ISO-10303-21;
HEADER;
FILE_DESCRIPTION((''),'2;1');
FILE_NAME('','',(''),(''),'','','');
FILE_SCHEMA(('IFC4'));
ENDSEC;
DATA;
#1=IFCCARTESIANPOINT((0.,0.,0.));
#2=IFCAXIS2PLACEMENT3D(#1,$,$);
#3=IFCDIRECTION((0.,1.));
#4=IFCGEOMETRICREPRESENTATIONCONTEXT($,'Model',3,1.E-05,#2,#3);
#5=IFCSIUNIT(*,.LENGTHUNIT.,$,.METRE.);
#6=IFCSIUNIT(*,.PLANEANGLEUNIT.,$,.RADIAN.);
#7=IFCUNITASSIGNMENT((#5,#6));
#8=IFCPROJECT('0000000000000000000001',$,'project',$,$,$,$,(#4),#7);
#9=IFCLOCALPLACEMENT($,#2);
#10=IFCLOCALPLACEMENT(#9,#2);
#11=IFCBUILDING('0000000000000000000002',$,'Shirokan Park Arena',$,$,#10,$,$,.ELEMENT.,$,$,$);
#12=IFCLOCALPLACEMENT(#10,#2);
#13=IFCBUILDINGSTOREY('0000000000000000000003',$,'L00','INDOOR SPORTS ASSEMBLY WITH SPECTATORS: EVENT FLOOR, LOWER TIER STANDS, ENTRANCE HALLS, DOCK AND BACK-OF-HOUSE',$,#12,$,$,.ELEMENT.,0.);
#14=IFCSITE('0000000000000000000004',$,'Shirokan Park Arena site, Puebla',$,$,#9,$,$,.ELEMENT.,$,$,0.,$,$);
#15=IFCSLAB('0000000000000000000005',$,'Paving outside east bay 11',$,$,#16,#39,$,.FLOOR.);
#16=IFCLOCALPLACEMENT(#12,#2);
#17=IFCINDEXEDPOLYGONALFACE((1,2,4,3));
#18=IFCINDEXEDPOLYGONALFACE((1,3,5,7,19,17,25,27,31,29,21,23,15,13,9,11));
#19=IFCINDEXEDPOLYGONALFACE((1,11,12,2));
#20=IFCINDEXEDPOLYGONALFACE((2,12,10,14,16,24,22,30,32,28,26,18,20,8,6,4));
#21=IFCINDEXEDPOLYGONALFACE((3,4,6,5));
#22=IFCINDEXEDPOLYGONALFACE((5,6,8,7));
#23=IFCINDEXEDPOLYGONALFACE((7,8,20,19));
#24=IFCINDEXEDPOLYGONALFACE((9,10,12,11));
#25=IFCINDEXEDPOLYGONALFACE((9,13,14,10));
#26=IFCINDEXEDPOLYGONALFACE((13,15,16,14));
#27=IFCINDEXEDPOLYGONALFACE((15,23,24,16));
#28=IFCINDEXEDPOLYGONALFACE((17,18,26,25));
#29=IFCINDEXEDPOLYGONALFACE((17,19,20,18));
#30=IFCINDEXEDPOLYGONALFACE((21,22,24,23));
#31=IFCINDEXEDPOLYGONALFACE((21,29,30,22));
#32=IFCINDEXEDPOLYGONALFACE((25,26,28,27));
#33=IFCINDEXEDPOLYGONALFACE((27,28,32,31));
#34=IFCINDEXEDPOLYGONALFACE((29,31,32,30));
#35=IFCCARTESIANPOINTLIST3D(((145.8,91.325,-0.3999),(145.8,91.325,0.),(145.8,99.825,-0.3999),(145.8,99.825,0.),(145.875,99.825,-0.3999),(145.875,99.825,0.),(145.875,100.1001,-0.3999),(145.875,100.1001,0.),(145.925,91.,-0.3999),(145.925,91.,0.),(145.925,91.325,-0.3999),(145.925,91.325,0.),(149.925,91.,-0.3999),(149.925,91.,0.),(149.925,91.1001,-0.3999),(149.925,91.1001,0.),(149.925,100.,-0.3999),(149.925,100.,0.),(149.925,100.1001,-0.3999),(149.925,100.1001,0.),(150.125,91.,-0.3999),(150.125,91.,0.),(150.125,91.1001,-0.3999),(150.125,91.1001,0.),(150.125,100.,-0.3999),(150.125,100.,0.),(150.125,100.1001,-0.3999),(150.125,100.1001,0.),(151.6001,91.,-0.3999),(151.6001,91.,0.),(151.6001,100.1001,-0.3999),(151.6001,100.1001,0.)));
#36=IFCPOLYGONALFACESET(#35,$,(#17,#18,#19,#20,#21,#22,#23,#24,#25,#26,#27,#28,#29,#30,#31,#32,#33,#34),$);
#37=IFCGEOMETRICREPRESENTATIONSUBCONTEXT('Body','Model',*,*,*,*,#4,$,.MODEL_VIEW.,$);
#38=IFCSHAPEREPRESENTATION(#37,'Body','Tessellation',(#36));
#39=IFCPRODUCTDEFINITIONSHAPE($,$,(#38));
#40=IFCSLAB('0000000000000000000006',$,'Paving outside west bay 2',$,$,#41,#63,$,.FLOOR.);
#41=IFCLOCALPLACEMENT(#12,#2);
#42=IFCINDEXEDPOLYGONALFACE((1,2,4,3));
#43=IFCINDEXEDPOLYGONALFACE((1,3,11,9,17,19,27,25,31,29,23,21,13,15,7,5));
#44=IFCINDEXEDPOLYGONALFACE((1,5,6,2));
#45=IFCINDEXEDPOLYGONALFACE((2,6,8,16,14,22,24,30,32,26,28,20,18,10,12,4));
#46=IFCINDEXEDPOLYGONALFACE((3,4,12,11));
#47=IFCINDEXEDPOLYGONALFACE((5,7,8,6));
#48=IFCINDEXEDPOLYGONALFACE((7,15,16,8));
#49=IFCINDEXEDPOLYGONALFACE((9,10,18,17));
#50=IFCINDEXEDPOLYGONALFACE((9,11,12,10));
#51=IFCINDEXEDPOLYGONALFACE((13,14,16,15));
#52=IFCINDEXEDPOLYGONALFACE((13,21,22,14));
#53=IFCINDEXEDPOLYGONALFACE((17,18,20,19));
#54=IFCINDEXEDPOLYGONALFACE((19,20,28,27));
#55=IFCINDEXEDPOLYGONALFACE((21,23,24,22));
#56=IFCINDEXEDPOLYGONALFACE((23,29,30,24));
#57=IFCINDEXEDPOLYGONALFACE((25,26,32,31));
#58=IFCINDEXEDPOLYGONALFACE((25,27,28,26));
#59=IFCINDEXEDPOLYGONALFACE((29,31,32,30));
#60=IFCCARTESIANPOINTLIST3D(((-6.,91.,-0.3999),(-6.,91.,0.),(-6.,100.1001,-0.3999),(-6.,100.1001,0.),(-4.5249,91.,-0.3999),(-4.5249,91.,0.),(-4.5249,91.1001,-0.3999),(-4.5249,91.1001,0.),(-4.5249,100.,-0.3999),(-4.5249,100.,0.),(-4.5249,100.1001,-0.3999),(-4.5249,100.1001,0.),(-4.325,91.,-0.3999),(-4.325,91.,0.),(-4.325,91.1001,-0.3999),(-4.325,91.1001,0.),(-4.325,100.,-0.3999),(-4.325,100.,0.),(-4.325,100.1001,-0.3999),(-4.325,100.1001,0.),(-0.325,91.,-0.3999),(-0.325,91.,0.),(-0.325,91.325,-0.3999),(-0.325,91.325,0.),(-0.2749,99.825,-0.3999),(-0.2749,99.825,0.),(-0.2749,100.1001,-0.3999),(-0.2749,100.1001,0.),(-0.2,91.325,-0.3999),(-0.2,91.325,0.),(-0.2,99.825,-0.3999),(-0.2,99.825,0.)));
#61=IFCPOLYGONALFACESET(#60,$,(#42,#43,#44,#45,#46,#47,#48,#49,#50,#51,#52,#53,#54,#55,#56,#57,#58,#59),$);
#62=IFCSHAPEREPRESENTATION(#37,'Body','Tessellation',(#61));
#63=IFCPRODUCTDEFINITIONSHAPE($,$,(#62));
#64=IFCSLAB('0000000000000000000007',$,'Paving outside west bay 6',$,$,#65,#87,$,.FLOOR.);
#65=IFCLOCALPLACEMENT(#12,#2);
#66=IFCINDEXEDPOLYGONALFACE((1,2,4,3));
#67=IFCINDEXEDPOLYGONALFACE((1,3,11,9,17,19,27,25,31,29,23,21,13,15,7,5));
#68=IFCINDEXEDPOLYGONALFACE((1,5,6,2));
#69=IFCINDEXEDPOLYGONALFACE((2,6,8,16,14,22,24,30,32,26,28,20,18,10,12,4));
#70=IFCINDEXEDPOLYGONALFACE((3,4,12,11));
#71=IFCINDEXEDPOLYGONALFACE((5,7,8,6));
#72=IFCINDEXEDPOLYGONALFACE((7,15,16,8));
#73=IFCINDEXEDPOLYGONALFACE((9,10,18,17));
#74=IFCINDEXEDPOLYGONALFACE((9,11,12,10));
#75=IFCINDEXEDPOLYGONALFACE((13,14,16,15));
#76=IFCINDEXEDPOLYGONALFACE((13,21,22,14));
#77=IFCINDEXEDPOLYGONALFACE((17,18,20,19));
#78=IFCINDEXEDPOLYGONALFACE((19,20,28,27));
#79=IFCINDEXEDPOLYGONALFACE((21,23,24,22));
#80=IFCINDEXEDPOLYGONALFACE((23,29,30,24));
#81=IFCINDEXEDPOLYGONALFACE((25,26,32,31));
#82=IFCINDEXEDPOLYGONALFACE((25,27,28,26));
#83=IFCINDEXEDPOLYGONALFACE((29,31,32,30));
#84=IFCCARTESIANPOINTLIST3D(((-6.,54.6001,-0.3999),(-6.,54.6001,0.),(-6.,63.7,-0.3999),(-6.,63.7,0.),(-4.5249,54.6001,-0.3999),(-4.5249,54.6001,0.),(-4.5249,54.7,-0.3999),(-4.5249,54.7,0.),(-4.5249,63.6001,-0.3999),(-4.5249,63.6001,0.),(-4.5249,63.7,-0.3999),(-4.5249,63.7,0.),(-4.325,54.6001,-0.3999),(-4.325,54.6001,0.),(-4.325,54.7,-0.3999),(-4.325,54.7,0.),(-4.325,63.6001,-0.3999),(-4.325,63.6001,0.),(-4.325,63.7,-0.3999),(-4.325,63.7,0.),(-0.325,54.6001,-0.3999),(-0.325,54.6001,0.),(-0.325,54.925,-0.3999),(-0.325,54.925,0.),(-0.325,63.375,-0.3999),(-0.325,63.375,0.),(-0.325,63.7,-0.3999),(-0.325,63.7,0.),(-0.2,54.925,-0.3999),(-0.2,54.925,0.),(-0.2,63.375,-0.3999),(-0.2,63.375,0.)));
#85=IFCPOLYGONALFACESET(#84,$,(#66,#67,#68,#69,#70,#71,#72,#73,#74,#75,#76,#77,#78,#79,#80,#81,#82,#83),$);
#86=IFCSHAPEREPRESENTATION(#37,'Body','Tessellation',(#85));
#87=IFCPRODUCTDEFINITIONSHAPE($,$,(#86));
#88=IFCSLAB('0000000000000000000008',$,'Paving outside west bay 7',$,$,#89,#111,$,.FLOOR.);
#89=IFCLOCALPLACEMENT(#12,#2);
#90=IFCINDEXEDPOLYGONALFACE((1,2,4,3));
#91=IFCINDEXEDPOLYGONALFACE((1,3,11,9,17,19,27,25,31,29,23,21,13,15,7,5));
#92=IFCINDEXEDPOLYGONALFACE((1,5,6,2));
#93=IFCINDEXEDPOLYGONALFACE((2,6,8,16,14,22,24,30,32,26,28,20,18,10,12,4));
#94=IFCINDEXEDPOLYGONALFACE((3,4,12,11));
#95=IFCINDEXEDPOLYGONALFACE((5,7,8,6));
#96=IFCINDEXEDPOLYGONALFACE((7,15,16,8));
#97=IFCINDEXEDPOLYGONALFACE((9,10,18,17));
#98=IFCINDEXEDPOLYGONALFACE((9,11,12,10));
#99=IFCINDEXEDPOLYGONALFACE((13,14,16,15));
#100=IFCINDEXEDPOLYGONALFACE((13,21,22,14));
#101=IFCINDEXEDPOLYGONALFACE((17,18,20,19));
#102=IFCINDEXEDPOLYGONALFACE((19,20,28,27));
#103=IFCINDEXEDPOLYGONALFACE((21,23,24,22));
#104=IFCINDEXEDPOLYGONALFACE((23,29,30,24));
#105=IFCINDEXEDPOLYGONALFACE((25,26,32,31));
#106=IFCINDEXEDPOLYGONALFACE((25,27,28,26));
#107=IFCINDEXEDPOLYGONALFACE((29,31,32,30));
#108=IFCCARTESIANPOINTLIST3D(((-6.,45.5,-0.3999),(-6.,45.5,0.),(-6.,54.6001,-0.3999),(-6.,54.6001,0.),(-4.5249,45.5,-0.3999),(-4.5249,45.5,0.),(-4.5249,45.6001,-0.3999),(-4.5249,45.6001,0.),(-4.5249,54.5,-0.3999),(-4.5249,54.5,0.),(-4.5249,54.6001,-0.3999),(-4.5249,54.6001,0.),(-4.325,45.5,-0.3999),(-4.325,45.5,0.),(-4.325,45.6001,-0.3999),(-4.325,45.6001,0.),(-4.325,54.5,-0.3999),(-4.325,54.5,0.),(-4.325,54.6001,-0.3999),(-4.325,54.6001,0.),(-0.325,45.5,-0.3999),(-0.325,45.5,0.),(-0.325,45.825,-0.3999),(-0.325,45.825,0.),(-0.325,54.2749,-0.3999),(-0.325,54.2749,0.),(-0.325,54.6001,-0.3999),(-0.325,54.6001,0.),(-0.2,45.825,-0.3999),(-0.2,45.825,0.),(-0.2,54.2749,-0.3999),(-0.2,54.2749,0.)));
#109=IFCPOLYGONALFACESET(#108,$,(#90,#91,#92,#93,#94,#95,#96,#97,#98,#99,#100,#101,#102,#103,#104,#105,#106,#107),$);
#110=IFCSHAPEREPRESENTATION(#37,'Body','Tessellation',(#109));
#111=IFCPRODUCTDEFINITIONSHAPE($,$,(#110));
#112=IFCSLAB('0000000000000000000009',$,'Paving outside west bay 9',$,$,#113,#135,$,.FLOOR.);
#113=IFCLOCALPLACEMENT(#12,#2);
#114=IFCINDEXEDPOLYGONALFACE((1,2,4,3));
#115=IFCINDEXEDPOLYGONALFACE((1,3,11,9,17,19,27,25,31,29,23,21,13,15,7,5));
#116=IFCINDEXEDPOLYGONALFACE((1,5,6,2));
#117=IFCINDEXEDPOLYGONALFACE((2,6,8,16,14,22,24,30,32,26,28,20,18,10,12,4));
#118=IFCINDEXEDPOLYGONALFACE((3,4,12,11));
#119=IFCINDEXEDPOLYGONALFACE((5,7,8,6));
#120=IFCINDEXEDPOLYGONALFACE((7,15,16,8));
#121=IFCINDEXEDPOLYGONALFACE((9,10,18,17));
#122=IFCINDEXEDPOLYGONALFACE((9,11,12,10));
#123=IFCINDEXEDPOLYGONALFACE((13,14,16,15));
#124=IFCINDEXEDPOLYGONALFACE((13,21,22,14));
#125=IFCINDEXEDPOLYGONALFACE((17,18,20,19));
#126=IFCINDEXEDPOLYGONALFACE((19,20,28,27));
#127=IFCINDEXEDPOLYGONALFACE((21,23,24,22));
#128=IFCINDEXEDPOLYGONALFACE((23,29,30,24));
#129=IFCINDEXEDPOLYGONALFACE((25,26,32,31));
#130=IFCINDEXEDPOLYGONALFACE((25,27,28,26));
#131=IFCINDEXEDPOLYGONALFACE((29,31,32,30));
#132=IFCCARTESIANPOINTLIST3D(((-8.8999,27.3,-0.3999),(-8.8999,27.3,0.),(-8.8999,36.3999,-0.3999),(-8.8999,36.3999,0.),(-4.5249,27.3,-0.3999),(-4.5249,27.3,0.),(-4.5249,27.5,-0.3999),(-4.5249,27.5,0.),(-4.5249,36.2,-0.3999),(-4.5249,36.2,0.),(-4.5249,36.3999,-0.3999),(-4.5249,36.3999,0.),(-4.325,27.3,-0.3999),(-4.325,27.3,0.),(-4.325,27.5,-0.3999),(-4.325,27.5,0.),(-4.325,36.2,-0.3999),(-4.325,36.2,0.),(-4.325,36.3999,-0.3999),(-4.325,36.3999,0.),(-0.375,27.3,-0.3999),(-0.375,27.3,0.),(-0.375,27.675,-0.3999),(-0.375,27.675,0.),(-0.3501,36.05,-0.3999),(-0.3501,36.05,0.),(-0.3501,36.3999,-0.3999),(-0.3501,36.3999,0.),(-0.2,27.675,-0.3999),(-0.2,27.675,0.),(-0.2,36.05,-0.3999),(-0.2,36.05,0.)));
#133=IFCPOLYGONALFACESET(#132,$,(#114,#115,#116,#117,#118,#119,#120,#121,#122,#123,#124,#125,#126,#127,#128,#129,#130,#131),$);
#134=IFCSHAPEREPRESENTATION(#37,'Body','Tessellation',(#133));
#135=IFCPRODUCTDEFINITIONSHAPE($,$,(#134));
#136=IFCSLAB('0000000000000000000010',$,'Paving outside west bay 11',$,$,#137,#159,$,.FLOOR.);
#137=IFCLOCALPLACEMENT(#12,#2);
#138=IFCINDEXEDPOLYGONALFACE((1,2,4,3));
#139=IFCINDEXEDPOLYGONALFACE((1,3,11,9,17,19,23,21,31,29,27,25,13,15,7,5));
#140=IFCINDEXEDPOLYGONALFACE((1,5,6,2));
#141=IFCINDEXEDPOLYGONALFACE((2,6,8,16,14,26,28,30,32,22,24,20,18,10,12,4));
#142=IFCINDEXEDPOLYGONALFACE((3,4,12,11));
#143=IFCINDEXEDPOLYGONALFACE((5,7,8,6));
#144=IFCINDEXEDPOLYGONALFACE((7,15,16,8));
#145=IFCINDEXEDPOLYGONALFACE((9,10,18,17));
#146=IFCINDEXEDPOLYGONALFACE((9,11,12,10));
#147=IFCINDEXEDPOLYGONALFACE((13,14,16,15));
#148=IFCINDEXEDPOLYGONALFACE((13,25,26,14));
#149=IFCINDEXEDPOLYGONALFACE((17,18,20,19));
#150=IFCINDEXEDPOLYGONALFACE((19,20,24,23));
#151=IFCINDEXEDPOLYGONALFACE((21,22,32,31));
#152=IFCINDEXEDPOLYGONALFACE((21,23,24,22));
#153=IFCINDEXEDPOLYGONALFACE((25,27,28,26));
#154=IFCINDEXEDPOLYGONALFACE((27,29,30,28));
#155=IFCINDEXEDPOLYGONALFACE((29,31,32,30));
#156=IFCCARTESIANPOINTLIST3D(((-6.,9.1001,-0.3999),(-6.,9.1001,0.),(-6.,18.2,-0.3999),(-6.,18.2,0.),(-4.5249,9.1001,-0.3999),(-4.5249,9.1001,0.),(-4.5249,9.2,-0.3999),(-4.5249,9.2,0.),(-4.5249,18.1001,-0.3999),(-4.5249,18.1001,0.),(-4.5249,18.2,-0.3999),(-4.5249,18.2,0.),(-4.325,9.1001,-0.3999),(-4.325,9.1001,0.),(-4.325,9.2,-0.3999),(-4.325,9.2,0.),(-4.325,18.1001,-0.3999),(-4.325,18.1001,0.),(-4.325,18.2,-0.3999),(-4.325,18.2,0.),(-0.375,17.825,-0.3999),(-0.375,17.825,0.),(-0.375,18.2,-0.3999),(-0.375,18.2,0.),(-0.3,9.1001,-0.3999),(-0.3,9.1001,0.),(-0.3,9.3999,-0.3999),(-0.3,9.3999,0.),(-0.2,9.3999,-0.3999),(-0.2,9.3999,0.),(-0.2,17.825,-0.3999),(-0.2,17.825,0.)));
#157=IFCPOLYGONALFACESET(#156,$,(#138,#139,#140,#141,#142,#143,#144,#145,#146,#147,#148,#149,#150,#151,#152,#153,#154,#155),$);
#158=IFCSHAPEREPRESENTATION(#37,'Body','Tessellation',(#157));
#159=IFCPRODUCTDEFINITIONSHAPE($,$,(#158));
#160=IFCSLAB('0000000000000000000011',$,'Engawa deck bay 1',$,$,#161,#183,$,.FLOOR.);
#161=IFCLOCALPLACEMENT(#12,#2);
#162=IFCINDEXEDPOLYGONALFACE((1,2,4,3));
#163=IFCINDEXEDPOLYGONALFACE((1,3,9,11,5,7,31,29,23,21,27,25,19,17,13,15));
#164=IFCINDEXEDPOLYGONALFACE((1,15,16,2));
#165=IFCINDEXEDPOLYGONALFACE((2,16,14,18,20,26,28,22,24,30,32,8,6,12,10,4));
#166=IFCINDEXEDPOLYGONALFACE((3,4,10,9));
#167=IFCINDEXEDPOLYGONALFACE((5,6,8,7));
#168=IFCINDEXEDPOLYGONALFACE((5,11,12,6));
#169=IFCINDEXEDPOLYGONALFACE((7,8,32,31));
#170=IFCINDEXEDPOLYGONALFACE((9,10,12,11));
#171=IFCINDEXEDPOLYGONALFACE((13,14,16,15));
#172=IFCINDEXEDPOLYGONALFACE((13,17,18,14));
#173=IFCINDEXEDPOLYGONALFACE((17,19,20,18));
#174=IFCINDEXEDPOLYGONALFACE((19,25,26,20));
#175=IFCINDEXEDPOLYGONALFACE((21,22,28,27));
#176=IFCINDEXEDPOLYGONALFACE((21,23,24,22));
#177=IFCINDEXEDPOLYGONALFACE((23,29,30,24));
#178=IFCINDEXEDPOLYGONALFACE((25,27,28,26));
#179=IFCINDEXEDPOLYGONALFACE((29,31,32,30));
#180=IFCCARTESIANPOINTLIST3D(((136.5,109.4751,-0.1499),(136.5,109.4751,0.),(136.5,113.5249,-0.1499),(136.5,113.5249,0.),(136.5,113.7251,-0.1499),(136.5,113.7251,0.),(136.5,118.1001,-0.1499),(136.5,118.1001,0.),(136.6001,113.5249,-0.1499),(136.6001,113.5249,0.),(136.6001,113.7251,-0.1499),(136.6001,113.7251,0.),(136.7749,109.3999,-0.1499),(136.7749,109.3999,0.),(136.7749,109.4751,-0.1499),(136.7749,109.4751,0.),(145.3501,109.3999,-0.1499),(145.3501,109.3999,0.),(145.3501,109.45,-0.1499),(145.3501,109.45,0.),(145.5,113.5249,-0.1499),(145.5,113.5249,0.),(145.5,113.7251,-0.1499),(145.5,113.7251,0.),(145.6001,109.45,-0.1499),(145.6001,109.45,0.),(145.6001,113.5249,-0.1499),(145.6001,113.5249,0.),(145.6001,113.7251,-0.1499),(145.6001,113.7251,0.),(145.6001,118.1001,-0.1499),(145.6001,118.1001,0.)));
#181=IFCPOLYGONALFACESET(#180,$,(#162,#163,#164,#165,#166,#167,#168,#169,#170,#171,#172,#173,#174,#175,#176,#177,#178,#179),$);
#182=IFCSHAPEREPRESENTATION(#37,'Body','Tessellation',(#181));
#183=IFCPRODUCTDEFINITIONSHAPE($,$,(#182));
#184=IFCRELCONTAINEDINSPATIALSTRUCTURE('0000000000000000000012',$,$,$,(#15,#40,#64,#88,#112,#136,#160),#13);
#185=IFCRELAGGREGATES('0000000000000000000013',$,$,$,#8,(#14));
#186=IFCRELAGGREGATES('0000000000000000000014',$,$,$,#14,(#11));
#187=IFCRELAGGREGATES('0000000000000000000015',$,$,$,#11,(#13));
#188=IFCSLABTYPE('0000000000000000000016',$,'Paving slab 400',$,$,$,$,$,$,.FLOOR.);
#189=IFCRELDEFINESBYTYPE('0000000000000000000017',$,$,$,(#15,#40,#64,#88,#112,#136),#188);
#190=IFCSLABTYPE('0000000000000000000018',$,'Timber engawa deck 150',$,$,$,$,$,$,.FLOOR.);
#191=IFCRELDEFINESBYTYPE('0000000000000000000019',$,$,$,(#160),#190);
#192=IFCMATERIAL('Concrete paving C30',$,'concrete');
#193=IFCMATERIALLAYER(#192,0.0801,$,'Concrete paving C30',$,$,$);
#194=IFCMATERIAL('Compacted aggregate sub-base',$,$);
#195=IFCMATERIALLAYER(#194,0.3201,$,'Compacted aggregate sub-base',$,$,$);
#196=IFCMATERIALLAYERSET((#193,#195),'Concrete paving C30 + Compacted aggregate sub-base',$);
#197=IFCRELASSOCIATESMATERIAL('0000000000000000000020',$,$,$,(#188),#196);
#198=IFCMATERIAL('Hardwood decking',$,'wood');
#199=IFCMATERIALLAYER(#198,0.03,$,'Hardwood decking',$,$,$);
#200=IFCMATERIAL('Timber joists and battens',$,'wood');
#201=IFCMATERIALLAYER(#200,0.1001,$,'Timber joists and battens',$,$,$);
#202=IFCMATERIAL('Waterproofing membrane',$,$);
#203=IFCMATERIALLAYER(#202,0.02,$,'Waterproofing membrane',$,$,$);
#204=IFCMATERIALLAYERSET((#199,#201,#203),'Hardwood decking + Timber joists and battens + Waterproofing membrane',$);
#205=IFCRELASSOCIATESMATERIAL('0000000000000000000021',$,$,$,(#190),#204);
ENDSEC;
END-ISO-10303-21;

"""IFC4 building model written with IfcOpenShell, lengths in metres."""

from ifc_helpers import new_model, si_unit, direction, frame, origin, place, context, subcontext, project, spatial, polyline, outline, extrude, material, layer, layer_set, type_object, element, save


model = new_model("IFC4")

# Units and contexts
model_context = context("Model", 3, precision=1e-05, world=origin(), true_north=direction((0.0, 1.0)))
body_context = subcontext(model_context, "Body", "Model", "MODEL_VIEW")
ifc_project = project(units=[si_unit("LENGTHUNIT", "METRE"), si_unit("PLANEANGLEUNIT", "RADIAN")], contexts=[model_context])

# Site, building, storey
site_placement = place(None, origin())
site = spatial("IfcSite", under=ifc_project, at=site_placement, Name="Shirokan Park Arena site, Puebla", CompositionType="ELEMENT", RefElevation=0.0)
building_placement = place(site_placement, origin())
building = spatial("IfcBuilding", under=site, at=building_placement, Name="Shirokan Park Arena", CompositionType="ELEMENT")
storey_placement = place(building_placement, origin())
storey = spatial("IfcBuildingStorey", under=building, at=storey_placement, Name="L00", Description="INDOOR SPORTS ASSEMBLY WITH SPECTATORS: EVENT FLOOR, LOWER TIER STANDS, ENTRANCE HALLS, DOCK AND BACK-OF-HOUSE", CompositionType="ELEMENT", Elevation=0.0)

# Slabs
ifc_material_1 = material(Name="Concrete paving C30", Category="concrete")
ifc_layer_1 = layer(ifc_material_1, 0.0801, Name="Concrete paving C30")
ifc_material_2 = material(Name="Compacted aggregate sub-base")
ifc_layer_2 = layer(ifc_material_2, 0.3201, Name="Compacted aggregate sub-base")
ifc_layer_set_1 = layer_set([ifc_layer_1, ifc_layer_2], Name="Concrete paving C30 + Compacted aggregate sub-base")
slab_type_1 = type_object("IfcSlabType", Name="Paving slab 400", PredefinedType="FLOOR", material=ifc_layer_set_1)
slab_1_placement = place(storey_placement, frame((0.0, 0.0, -0.3999)))
element("IfcSlab", 1, at=slab_1_placement, inside=storey, type_object=slab_type_1, Name="Paving outside east bay 11", PredefinedType="FLOOR", context=body_context, shape_type="SweptSolid", body=[
    extrude(outline(polyline([(145.875, 99.825), (145.875, 100.1001), (149.925, 100.1001), (149.925, 100.0), (150.125, 100.0), (150.125, 100.1001), (151.6001, 100.1001), (151.6001, 91.0), (150.125, 91.0), (150.125, 91.1001), (149.925, 91.1001), (149.925, 91.0), (145.925, 91.0), (145.925, 91.325), (145.8, 91.325), (145.8, 99.825), (145.875, 99.825)])), origin(), (0.0, 0.0, 1.0), 0.3999),
])
slab_2_placement = place(storey_placement, frame((0.0, 0.0, -0.3999)))
element("IfcSlab", 2, at=slab_2_placement, inside=storey, type_object=slab_type_1, Name="Paving outside west bay 2", PredefinedType="FLOOR", context=body_context, shape_type="SweptSolid", body=[
    extrude(outline(polyline([(-0.325, 91.325), (-0.325, 91.0), (-4.325, 91.0), (-4.325, 91.1001), (-4.5249, 91.1001), (-4.5249, 91.0), (-6.0, 91.0), (-6.0, 100.1001), (-4.5249, 100.1001), (-4.5249, 100.0), (-4.325, 100.0), (-4.325, 100.1001), (-0.2749, 100.1001), (-0.2749, 99.825), (-0.2, 99.825), (-0.2, 91.325), (-0.325, 91.325)])), origin(), (0.0, 0.0, 1.0), 0.3999),
])
slab_3_placement = place(storey_placement, frame((0.0, 0.0, -0.3999)))
element("IfcSlab", 3, at=slab_3_placement, inside=storey, type_object=slab_type_1, Name="Paving outside west bay 6", PredefinedType="FLOOR", context=body_context, shape_type="SweptSolid", body=[
    extrude(outline(polyline([(-0.325, 54.925), (-0.325, 54.6001), (-4.325, 54.6001), (-4.325, 54.7), (-4.5249, 54.7), (-4.5249, 54.6001), (-6.0, 54.6001), (-6.0, 63.7), (-4.5249, 63.7), (-4.5249, 63.6001), (-4.325, 63.6001), (-4.325, 63.7), (-0.325, 63.7), (-0.325, 63.375), (-0.2, 63.375), (-0.2, 54.925), (-0.325, 54.925)])), origin(), (0.0, 0.0, 1.0), 0.3999),
])
slab_4_placement = place(storey_placement, frame((0.0, 0.0, -0.3999)))
element("IfcSlab", 4, at=slab_4_placement, inside=storey, type_object=slab_type_1, Name="Paving outside west bay 7", PredefinedType="FLOOR", context=body_context, shape_type="SweptSolid", body=[
    extrude(outline(polyline([(-0.325, 45.825), (-0.325, 45.5), (-4.325, 45.5), (-4.325, 45.6001), (-4.5249, 45.6001), (-4.5249, 45.5), (-6.0, 45.5), (-6.0, 54.6001), (-4.5249, 54.6001), (-4.5249, 54.5), (-4.325, 54.5), (-4.325, 54.6001), (-0.325, 54.6001), (-0.325, 54.2749), (-0.2, 54.2749), (-0.2, 45.825), (-0.325, 45.825)])), origin(), (0.0, 0.0, 1.0), 0.3999),
])
slab_5_placement = place(storey_placement, frame((0.0, 0.0, -0.3999)))
element("IfcSlab", 5, at=slab_5_placement, inside=storey, type_object=slab_type_1, Name="Paving outside west bay 9", PredefinedType="FLOOR", context=body_context, shape_type="SweptSolid", body=[
    extrude(outline(polyline([(-0.375, 27.675), (-0.375, 27.3), (-4.325, 27.3), (-4.325, 27.5), (-4.5249, 27.5), (-4.5249, 27.3), (-8.8999, 27.3), (-8.8999, 36.3999), (-4.5249, 36.3999), (-4.5249, 36.2), (-4.325, 36.2), (-4.325, 36.3999), (-0.3501, 36.3999), (-0.3501, 36.05), (-0.2, 36.05), (-0.2, 27.675), (-0.375, 27.675)])), origin(), (0.0, 0.0, 1.0), 0.3999),
])
slab_6_placement = place(storey_placement, frame((0.0, 0.0, -0.3999)))
element("IfcSlab", 6, at=slab_6_placement, inside=storey, type_object=slab_type_1, Name="Paving outside west bay 11", PredefinedType="FLOOR", context=body_context, shape_type="SweptSolid", body=[
    extrude(outline(polyline([(-0.3, 9.3999), (-0.3, 9.1001), (-4.325, 9.1001), (-4.325, 9.2), (-4.5249, 9.2), (-4.5249, 9.1001), (-6.0, 9.1001), (-6.0, 18.2), (-4.5249, 18.2), (-4.5249, 18.1001), (-4.325, 18.1001), (-4.325, 18.2), (-0.375, 18.2), (-0.375, 17.825), (-0.2, 17.825), (-0.2, 9.3999), (-0.3, 9.3999)])), origin(), (0.0, 0.0, 1.0), 0.3999),
])
ifc_material_3 = material(Name="Hardwood decking", Category="wood")
ifc_layer_3 = layer(ifc_material_3, 0.03, Name="Hardwood decking")
ifc_material_4 = material(Name="Timber joists and battens", Category="wood")
ifc_layer_4 = layer(ifc_material_4, 0.1001, Name="Timber joists and battens")
ifc_material_5 = material(Name="Waterproofing membrane")
ifc_layer_5 = layer(ifc_material_5, 0.02, Name="Waterproofing membrane")
ifc_layer_set_2 = layer_set([ifc_layer_3, ifc_layer_4, ifc_layer_5], Name="Hardwood decking + Timber joists and battens + Waterproofing membrane")
slab_type_2 = type_object("IfcSlabType", Name="Timber engawa deck 150", PredefinedType="FLOOR", material=ifc_layer_set_2)
slab_7_placement = place(storey_placement, frame((0.0, 0.0, -0.1499)))
element("IfcSlab", 7, at=slab_7_placement, inside=storey, type_object=slab_type_2, Name="Engawa deck bay 1", PredefinedType="FLOOR", context=body_context, shape_type="SweptSolid", body=[
    extrude(outline(polyline([(136.7749, 109.4751), (136.5, 109.4751), (136.5, 113.5249), (136.6001, 113.5249), (136.6001, 113.7251), (136.5, 113.7251), (136.5, 118.1001), (145.6001, 118.1001), (145.6001, 113.7251), (145.5, 113.7251), (145.5, 113.5249), (145.6001, 113.5249), (145.6001, 109.45), (145.3501, 109.45), (145.3501, 109.3999), (136.7749, 109.3999), (136.7749, 109.4751)])), origin(), (0.0, 0.0, 1.0), 0.1499),
])

save(model, "model.ifc")
